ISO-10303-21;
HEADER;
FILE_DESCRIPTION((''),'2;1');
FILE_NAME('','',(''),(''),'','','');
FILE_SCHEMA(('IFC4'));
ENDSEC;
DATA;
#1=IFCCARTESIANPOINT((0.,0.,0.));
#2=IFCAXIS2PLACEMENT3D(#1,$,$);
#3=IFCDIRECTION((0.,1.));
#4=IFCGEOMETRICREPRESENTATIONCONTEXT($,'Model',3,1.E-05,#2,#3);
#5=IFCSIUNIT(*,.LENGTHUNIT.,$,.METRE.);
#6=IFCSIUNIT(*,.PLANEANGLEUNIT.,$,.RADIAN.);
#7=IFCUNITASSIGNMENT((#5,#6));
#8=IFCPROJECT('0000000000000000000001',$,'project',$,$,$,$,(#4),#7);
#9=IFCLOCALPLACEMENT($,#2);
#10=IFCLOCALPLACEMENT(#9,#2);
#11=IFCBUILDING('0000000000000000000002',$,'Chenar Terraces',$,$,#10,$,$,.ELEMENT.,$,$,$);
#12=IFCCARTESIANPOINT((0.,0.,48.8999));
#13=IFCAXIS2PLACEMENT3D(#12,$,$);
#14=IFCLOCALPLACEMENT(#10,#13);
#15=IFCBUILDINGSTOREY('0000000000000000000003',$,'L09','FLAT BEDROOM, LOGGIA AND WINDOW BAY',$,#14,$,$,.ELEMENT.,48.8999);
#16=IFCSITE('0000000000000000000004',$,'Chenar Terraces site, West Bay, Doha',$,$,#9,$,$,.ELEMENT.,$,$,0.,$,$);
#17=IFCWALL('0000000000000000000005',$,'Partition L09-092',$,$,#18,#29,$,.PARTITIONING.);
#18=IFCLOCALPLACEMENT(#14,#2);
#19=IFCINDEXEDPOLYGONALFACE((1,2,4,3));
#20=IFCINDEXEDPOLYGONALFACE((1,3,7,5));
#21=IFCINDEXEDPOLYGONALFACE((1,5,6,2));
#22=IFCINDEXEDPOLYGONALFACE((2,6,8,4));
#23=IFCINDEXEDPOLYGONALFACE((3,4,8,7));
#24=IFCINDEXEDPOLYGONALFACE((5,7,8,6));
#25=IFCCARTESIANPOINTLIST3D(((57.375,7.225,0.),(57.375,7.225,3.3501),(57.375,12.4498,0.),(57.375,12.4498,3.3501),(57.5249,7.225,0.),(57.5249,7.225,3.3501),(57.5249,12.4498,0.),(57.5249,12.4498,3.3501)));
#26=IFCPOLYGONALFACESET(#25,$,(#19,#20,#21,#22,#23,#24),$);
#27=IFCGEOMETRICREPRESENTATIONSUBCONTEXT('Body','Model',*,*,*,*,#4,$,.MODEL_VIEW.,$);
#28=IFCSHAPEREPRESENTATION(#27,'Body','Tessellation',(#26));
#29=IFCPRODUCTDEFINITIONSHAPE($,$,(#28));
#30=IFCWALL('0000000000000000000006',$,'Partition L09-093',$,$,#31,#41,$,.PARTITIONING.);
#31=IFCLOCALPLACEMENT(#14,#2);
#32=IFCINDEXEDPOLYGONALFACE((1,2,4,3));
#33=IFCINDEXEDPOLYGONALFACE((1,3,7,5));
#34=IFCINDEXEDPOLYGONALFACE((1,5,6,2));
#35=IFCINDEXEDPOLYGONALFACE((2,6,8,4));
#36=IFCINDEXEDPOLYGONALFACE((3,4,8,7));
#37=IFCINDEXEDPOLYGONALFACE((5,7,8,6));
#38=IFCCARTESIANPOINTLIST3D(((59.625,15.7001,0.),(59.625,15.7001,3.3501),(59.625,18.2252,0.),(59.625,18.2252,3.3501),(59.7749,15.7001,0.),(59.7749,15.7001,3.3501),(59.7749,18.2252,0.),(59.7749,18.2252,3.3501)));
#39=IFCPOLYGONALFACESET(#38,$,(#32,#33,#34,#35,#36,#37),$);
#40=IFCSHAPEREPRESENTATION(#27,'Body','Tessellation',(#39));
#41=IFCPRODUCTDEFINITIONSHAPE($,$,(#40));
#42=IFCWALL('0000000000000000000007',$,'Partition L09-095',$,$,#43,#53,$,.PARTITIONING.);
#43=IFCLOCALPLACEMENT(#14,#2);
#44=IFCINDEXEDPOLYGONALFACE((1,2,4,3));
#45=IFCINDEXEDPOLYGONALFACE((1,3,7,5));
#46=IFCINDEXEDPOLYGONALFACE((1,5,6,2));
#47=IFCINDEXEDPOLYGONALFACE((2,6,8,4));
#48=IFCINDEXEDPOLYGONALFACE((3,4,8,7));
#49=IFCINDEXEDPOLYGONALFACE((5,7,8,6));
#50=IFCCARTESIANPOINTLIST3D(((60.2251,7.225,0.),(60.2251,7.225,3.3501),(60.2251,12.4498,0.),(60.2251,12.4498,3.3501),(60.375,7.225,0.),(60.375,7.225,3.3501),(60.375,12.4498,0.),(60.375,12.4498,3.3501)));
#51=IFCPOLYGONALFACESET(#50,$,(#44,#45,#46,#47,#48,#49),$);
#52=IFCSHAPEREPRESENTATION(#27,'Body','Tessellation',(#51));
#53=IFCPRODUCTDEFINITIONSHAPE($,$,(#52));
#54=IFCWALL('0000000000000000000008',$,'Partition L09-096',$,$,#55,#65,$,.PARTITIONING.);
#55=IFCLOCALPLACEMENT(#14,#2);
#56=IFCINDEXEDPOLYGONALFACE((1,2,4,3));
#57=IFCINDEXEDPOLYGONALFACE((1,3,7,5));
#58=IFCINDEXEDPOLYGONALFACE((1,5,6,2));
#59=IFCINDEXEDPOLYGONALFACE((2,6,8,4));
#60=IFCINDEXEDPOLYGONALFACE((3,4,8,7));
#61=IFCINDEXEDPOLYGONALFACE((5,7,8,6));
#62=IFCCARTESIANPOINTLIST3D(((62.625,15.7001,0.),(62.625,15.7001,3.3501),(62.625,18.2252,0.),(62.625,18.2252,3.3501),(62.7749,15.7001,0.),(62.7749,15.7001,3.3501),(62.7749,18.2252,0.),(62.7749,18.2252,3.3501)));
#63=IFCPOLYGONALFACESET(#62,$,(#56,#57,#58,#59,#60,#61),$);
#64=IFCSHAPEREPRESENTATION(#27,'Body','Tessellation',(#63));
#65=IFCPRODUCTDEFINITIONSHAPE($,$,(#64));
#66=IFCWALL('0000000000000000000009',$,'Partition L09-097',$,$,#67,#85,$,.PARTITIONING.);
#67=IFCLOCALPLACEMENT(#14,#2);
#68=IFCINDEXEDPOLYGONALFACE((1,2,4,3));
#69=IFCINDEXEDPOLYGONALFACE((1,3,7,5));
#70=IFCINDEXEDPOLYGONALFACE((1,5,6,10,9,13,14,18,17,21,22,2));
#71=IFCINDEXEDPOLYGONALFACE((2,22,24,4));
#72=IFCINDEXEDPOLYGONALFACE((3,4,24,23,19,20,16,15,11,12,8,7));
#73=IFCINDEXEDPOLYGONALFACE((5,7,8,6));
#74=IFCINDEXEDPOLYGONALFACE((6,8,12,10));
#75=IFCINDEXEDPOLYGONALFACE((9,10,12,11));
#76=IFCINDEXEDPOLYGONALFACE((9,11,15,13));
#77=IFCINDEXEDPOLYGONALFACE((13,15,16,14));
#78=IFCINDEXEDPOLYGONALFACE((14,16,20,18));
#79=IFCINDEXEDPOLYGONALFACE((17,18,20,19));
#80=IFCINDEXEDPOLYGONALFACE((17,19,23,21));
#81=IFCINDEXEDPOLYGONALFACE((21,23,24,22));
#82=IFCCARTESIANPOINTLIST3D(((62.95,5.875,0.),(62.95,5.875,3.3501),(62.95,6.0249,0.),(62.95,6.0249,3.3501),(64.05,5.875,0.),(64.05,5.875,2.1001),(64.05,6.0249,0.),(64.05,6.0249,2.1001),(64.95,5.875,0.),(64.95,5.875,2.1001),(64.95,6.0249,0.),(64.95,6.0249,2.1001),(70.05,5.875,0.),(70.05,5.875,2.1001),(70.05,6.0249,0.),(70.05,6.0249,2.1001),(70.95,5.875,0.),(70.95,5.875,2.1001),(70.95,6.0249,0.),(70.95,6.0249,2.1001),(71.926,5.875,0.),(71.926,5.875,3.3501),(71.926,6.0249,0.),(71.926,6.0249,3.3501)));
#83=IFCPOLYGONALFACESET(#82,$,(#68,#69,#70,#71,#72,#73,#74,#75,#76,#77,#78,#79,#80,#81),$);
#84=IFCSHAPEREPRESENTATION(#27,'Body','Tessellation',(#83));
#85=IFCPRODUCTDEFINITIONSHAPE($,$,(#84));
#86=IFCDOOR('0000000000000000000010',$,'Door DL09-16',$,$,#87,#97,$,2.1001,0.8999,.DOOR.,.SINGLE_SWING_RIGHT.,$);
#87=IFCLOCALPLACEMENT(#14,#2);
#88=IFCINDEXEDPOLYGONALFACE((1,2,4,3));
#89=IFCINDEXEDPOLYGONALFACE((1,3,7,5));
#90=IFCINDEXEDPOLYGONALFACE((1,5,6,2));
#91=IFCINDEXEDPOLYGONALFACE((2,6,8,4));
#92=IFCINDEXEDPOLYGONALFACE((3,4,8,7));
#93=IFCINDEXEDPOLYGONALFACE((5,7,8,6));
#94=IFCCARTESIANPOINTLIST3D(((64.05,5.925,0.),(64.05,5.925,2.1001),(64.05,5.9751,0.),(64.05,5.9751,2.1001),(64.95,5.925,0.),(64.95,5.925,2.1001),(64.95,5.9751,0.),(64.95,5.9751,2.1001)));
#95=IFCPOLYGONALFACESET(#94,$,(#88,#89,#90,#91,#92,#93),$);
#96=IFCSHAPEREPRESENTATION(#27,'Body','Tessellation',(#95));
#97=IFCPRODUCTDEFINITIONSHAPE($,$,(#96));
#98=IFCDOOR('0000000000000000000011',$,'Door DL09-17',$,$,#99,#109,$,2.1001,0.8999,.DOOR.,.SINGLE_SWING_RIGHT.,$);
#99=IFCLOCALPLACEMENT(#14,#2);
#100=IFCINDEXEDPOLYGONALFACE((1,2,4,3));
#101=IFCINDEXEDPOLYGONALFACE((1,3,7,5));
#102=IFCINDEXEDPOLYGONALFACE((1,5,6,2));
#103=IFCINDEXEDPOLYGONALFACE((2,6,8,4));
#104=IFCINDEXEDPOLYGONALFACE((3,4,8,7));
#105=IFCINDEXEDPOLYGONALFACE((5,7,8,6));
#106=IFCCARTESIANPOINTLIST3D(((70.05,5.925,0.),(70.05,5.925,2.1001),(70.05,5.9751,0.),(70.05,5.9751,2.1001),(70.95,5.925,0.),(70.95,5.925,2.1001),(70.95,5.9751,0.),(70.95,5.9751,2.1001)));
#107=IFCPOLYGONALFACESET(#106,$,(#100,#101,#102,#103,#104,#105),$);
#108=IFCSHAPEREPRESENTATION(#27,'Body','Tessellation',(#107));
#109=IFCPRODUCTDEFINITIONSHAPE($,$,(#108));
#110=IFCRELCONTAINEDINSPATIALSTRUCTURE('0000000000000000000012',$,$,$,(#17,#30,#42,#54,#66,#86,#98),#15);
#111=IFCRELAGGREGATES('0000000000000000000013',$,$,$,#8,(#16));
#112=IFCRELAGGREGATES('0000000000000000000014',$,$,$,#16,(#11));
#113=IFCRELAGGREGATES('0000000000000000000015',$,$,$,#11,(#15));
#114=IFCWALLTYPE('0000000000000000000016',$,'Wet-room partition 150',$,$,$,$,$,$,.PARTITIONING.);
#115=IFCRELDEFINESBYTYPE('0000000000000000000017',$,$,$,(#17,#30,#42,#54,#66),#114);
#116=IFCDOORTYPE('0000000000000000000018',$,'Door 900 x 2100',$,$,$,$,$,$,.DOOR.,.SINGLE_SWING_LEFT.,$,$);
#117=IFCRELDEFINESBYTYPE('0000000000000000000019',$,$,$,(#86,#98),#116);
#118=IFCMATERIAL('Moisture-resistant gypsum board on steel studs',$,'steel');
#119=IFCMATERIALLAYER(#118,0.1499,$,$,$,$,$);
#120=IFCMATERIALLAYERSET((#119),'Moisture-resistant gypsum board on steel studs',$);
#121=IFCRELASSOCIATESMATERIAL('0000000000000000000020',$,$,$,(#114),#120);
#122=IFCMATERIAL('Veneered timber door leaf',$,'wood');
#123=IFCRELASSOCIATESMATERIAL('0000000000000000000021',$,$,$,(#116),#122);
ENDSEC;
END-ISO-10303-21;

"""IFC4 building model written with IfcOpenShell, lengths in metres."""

from ifc_helpers import new_model, si_unit, direction, frame, frame_2d, origin, place, context, subcontext, project, spatial, rectangle, extrude, material, layer, layer_set, type_object, element, fill, save


model = new_model("IFC4")

# Units and contexts
model_context = context("Model", 3, precision=1e-05, world=origin(), true_north=direction((0.0, 1.0)))
body_context = subcontext(model_context, "Body", "Model", "MODEL_VIEW")
ifc_project = project(units=[si_unit("LENGTHUNIT", "METRE"), si_unit("PLANEANGLEUNIT", "RADIAN")], contexts=[model_context])

# Site, building, storey
site_placement = place(None, origin())
site = spatial("IfcSite", under=ifc_project, at=site_placement, Name="Chenar Terraces site, West Bay, Doha", CompositionType="ELEMENT", RefElevation=0.0)
building_placement = place(site_placement, origin())
building = spatial("IfcBuilding", under=site, at=building_placement, Name="Chenar Terraces", CompositionType="ELEMENT")
storey_placement = place(building_placement, frame((0.0, 0.0, 48.8999)))
storey = spatial("IfcBuildingStorey", under=building, at=storey_placement, Name="L09", Description="FLAT BEDROOM, LOGGIA AND WINDOW BAY", CompositionType="ELEMENT", Elevation=48.8999)

# Shared definitions
ifc_material_1 = material(Name="Moisture-resistant gypsum board on steel studs", Category="steel")
ifc_layer_1 = layer(ifc_material_1, 0.1499)
ifc_layer_set_1 = layer_set([ifc_layer_1], Name="Moisture-resistant gypsum board on steel studs")
wall_type_1 = type_object("IfcWallType", Name="Wet-room partition 150", PredefinedType="PARTITIONING", material=ifc_layer_set_1)

# Walls
wall_1_placement = place(storey_placement, frame((57.45, 7.2251, 0.0), z_axis=(0.0, 0.0, 1.0), x_axis=(0.0, 1.0, 0.0)))
element("IfcWall", 1, at=wall_1_placement, inside=storey, type_object=wall_type_1, Name="Partition L09-092", PredefinedType="PARTITIONING", context=body_context, shape_type="SweptSolid", body=[
    extrude(rectangle(XDim=5.2249, YDim=0.1499, at=frame_2d((2.6123, 0.0))), origin(), (0.0, 0.0, 1.0), 3.3501),
])
wall_2_placement = place(storey_placement, frame((59.7, 15.7, 0.0), z_axis=(0.0, 0.0, 1.0), x_axis=(0.0, 1.0, 0.0)))
element("IfcWall", 2, at=wall_2_placement, inside=storey, type_object=wall_type_1, Name="Partition L09-093", PredefinedType="PARTITIONING", context=body_context, shape_type="SweptSolid", body=[
    extrude(rectangle(XDim=2.5251, YDim=0.1499, at=frame_2d((1.2627, 0.0))), origin(), (0.0, 0.0, 1.0), 3.3501),
])
wall_3_placement = place(storey_placement, frame((60.3, 7.2251, 0.0), z_axis=(0.0, 0.0, 1.0), x_axis=(0.0, 1.0, 0.0)))
element("IfcWall", 3, at=wall_3_placement, inside=storey, type_object=wall_type_1, Name="Partition L09-095", PredefinedType="PARTITIONING", context=body_context, shape_type="SweptSolid", body=[
    extrude(rectangle(XDim=5.2249, YDim=0.1499, at=frame_2d((2.6123, 0.0))), origin(), (0.0, 0.0, 1.0), 3.3501),
])
wall_4_placement = place(storey_placement, frame((62.7, 15.7, 0.0), z_axis=(0.0, 0.0, 1.0), x_axis=(0.0, 1.0, 0.0)))
element("IfcWall", 4, at=wall_4_placement, inside=storey, type_object=wall_type_1, Name="Partition L09-096", PredefinedType="PARTITIONING", context=body_context, shape_type="SweptSolid", body=[
    extrude(rectangle(XDim=2.5251, YDim=0.1499, at=frame_2d((1.2627, 0.0))), origin(), (0.0, 0.0, 1.0), 3.3501),
])

# Wall, openings, doors
wall_5_placement = place(storey_placement, frame((62.95, 5.95, 0.0), z_axis=(0.0, 0.0, 1.0), x_axis=(1.0, 0.0, 0.0)))
wall_5 = element("IfcWall", 5, at=wall_5_placement, inside=storey, type_object=wall_type_1, Name="Partition L09-097", PredefinedType="PARTITIONING", context=body_context, shape_type="SweptSolid", body=[
    extrude(rectangle(XDim=8.9761, YDim=0.1499, at=frame_2d((4.488, 0.0))), origin(), (0.0, 0.0, 1.0), 3.3501),
])
opening_1_placement = place(wall_5_placement, frame((1.1001, 0.0, 0.0)))
opening_1 = element("IfcOpeningElement", 6, at=opening_1_placement, cuts=wall_5, PredefinedType="OPENING", context=body_context, shape_type="SweptSolid", body=[
    extrude(rectangle(XDim=0.8999, YDim=2.1001, at=frame_2d((0.45, 1.05))), frame((0.0, 0.085, 0.0), z_axis=(0.0, -1.0, 0.0), x_axis=(1.0, 0.0, 0.0)), (0.0, 0.0, 1.0), 0.1699),
])
opening_2_placement = place(wall_5_placement, frame((7.1001, 0.0, 0.0)))
opening_2 = element("IfcOpeningElement", 7, at=opening_2_placement, cuts=wall_5, PredefinedType="OPENING", context=body_context, shape_type="SweptSolid", body=[
    extrude(rectangle(XDim=0.8999, YDim=2.1001, at=frame_2d((0.45, 1.05))), frame((0.0, 0.085, 0.0), z_axis=(0.0, -1.0, 0.0), x_axis=(1.0, 0.0, 0.0)), (0.0, 0.0, 1.0), 0.1699),
])
ifc_material_2 = material(Name="Veneered timber door leaf", Category="wood")
door_type_1 = type_object("IfcDoorType", Name="Door 900 x 2100", OperationType="SINGLE_SWING_LEFT", PredefinedType="DOOR", material=ifc_material_2)
door_1_placement = place(opening_1_placement, frame((0.8999, 0.0, 0.0), z_axis=(0.0, 0.0, 1.0), x_axis=(-1.0, 0.0, 0.0)))
door_1 = element("IfcDoor", 8, at=door_1_placement, inside=storey, type_object=door_type_1, Name="Door DL09-16", OperationType="SINGLE_SWING_RIGHT", OverallHeight=2.1001, OverallWidth=0.8999, PredefinedType="DOOR", context=body_context, shape_type="SweptSolid", body=[
    extrude(rectangle(XDim=0.8999, YDim=2.1001, at=frame_2d((0.45, 1.05))), frame((0.0, 0.0249, 0.0), z_axis=(0.0, -1.0, 0.0), x_axis=(1.0, 0.0, 0.0)), (0.0, 0.0, 1.0), 0.05),
])
fill(opening_1, door_1)
door_2_placement = place(opening_2_placement, frame((0.8999, 0.0, 0.0), z_axis=(0.0, 0.0, 1.0), x_axis=(-1.0, 0.0, 0.0)))
door_2 = element("IfcDoor", 9, at=door_2_placement, inside=storey, type_object=door_type_1, Name="Door DL09-17", OperationType="SINGLE_SWING_RIGHT", OverallHeight=2.1001, OverallWidth=0.8999, PredefinedType="DOOR", context=body_context, shape_type="SweptSolid", body=[
    extrude(rectangle(XDim=0.8999, YDim=2.1001, at=frame_2d((0.45, 1.05))), frame((0.0, 0.0249, 0.0), z_axis=(0.0, -1.0, 0.0), x_axis=(1.0, 0.0, 0.0)), (0.0, 0.0, 1.0), 0.05),
])
fill(opening_2, door_2)

save(model, "model.ifc")
